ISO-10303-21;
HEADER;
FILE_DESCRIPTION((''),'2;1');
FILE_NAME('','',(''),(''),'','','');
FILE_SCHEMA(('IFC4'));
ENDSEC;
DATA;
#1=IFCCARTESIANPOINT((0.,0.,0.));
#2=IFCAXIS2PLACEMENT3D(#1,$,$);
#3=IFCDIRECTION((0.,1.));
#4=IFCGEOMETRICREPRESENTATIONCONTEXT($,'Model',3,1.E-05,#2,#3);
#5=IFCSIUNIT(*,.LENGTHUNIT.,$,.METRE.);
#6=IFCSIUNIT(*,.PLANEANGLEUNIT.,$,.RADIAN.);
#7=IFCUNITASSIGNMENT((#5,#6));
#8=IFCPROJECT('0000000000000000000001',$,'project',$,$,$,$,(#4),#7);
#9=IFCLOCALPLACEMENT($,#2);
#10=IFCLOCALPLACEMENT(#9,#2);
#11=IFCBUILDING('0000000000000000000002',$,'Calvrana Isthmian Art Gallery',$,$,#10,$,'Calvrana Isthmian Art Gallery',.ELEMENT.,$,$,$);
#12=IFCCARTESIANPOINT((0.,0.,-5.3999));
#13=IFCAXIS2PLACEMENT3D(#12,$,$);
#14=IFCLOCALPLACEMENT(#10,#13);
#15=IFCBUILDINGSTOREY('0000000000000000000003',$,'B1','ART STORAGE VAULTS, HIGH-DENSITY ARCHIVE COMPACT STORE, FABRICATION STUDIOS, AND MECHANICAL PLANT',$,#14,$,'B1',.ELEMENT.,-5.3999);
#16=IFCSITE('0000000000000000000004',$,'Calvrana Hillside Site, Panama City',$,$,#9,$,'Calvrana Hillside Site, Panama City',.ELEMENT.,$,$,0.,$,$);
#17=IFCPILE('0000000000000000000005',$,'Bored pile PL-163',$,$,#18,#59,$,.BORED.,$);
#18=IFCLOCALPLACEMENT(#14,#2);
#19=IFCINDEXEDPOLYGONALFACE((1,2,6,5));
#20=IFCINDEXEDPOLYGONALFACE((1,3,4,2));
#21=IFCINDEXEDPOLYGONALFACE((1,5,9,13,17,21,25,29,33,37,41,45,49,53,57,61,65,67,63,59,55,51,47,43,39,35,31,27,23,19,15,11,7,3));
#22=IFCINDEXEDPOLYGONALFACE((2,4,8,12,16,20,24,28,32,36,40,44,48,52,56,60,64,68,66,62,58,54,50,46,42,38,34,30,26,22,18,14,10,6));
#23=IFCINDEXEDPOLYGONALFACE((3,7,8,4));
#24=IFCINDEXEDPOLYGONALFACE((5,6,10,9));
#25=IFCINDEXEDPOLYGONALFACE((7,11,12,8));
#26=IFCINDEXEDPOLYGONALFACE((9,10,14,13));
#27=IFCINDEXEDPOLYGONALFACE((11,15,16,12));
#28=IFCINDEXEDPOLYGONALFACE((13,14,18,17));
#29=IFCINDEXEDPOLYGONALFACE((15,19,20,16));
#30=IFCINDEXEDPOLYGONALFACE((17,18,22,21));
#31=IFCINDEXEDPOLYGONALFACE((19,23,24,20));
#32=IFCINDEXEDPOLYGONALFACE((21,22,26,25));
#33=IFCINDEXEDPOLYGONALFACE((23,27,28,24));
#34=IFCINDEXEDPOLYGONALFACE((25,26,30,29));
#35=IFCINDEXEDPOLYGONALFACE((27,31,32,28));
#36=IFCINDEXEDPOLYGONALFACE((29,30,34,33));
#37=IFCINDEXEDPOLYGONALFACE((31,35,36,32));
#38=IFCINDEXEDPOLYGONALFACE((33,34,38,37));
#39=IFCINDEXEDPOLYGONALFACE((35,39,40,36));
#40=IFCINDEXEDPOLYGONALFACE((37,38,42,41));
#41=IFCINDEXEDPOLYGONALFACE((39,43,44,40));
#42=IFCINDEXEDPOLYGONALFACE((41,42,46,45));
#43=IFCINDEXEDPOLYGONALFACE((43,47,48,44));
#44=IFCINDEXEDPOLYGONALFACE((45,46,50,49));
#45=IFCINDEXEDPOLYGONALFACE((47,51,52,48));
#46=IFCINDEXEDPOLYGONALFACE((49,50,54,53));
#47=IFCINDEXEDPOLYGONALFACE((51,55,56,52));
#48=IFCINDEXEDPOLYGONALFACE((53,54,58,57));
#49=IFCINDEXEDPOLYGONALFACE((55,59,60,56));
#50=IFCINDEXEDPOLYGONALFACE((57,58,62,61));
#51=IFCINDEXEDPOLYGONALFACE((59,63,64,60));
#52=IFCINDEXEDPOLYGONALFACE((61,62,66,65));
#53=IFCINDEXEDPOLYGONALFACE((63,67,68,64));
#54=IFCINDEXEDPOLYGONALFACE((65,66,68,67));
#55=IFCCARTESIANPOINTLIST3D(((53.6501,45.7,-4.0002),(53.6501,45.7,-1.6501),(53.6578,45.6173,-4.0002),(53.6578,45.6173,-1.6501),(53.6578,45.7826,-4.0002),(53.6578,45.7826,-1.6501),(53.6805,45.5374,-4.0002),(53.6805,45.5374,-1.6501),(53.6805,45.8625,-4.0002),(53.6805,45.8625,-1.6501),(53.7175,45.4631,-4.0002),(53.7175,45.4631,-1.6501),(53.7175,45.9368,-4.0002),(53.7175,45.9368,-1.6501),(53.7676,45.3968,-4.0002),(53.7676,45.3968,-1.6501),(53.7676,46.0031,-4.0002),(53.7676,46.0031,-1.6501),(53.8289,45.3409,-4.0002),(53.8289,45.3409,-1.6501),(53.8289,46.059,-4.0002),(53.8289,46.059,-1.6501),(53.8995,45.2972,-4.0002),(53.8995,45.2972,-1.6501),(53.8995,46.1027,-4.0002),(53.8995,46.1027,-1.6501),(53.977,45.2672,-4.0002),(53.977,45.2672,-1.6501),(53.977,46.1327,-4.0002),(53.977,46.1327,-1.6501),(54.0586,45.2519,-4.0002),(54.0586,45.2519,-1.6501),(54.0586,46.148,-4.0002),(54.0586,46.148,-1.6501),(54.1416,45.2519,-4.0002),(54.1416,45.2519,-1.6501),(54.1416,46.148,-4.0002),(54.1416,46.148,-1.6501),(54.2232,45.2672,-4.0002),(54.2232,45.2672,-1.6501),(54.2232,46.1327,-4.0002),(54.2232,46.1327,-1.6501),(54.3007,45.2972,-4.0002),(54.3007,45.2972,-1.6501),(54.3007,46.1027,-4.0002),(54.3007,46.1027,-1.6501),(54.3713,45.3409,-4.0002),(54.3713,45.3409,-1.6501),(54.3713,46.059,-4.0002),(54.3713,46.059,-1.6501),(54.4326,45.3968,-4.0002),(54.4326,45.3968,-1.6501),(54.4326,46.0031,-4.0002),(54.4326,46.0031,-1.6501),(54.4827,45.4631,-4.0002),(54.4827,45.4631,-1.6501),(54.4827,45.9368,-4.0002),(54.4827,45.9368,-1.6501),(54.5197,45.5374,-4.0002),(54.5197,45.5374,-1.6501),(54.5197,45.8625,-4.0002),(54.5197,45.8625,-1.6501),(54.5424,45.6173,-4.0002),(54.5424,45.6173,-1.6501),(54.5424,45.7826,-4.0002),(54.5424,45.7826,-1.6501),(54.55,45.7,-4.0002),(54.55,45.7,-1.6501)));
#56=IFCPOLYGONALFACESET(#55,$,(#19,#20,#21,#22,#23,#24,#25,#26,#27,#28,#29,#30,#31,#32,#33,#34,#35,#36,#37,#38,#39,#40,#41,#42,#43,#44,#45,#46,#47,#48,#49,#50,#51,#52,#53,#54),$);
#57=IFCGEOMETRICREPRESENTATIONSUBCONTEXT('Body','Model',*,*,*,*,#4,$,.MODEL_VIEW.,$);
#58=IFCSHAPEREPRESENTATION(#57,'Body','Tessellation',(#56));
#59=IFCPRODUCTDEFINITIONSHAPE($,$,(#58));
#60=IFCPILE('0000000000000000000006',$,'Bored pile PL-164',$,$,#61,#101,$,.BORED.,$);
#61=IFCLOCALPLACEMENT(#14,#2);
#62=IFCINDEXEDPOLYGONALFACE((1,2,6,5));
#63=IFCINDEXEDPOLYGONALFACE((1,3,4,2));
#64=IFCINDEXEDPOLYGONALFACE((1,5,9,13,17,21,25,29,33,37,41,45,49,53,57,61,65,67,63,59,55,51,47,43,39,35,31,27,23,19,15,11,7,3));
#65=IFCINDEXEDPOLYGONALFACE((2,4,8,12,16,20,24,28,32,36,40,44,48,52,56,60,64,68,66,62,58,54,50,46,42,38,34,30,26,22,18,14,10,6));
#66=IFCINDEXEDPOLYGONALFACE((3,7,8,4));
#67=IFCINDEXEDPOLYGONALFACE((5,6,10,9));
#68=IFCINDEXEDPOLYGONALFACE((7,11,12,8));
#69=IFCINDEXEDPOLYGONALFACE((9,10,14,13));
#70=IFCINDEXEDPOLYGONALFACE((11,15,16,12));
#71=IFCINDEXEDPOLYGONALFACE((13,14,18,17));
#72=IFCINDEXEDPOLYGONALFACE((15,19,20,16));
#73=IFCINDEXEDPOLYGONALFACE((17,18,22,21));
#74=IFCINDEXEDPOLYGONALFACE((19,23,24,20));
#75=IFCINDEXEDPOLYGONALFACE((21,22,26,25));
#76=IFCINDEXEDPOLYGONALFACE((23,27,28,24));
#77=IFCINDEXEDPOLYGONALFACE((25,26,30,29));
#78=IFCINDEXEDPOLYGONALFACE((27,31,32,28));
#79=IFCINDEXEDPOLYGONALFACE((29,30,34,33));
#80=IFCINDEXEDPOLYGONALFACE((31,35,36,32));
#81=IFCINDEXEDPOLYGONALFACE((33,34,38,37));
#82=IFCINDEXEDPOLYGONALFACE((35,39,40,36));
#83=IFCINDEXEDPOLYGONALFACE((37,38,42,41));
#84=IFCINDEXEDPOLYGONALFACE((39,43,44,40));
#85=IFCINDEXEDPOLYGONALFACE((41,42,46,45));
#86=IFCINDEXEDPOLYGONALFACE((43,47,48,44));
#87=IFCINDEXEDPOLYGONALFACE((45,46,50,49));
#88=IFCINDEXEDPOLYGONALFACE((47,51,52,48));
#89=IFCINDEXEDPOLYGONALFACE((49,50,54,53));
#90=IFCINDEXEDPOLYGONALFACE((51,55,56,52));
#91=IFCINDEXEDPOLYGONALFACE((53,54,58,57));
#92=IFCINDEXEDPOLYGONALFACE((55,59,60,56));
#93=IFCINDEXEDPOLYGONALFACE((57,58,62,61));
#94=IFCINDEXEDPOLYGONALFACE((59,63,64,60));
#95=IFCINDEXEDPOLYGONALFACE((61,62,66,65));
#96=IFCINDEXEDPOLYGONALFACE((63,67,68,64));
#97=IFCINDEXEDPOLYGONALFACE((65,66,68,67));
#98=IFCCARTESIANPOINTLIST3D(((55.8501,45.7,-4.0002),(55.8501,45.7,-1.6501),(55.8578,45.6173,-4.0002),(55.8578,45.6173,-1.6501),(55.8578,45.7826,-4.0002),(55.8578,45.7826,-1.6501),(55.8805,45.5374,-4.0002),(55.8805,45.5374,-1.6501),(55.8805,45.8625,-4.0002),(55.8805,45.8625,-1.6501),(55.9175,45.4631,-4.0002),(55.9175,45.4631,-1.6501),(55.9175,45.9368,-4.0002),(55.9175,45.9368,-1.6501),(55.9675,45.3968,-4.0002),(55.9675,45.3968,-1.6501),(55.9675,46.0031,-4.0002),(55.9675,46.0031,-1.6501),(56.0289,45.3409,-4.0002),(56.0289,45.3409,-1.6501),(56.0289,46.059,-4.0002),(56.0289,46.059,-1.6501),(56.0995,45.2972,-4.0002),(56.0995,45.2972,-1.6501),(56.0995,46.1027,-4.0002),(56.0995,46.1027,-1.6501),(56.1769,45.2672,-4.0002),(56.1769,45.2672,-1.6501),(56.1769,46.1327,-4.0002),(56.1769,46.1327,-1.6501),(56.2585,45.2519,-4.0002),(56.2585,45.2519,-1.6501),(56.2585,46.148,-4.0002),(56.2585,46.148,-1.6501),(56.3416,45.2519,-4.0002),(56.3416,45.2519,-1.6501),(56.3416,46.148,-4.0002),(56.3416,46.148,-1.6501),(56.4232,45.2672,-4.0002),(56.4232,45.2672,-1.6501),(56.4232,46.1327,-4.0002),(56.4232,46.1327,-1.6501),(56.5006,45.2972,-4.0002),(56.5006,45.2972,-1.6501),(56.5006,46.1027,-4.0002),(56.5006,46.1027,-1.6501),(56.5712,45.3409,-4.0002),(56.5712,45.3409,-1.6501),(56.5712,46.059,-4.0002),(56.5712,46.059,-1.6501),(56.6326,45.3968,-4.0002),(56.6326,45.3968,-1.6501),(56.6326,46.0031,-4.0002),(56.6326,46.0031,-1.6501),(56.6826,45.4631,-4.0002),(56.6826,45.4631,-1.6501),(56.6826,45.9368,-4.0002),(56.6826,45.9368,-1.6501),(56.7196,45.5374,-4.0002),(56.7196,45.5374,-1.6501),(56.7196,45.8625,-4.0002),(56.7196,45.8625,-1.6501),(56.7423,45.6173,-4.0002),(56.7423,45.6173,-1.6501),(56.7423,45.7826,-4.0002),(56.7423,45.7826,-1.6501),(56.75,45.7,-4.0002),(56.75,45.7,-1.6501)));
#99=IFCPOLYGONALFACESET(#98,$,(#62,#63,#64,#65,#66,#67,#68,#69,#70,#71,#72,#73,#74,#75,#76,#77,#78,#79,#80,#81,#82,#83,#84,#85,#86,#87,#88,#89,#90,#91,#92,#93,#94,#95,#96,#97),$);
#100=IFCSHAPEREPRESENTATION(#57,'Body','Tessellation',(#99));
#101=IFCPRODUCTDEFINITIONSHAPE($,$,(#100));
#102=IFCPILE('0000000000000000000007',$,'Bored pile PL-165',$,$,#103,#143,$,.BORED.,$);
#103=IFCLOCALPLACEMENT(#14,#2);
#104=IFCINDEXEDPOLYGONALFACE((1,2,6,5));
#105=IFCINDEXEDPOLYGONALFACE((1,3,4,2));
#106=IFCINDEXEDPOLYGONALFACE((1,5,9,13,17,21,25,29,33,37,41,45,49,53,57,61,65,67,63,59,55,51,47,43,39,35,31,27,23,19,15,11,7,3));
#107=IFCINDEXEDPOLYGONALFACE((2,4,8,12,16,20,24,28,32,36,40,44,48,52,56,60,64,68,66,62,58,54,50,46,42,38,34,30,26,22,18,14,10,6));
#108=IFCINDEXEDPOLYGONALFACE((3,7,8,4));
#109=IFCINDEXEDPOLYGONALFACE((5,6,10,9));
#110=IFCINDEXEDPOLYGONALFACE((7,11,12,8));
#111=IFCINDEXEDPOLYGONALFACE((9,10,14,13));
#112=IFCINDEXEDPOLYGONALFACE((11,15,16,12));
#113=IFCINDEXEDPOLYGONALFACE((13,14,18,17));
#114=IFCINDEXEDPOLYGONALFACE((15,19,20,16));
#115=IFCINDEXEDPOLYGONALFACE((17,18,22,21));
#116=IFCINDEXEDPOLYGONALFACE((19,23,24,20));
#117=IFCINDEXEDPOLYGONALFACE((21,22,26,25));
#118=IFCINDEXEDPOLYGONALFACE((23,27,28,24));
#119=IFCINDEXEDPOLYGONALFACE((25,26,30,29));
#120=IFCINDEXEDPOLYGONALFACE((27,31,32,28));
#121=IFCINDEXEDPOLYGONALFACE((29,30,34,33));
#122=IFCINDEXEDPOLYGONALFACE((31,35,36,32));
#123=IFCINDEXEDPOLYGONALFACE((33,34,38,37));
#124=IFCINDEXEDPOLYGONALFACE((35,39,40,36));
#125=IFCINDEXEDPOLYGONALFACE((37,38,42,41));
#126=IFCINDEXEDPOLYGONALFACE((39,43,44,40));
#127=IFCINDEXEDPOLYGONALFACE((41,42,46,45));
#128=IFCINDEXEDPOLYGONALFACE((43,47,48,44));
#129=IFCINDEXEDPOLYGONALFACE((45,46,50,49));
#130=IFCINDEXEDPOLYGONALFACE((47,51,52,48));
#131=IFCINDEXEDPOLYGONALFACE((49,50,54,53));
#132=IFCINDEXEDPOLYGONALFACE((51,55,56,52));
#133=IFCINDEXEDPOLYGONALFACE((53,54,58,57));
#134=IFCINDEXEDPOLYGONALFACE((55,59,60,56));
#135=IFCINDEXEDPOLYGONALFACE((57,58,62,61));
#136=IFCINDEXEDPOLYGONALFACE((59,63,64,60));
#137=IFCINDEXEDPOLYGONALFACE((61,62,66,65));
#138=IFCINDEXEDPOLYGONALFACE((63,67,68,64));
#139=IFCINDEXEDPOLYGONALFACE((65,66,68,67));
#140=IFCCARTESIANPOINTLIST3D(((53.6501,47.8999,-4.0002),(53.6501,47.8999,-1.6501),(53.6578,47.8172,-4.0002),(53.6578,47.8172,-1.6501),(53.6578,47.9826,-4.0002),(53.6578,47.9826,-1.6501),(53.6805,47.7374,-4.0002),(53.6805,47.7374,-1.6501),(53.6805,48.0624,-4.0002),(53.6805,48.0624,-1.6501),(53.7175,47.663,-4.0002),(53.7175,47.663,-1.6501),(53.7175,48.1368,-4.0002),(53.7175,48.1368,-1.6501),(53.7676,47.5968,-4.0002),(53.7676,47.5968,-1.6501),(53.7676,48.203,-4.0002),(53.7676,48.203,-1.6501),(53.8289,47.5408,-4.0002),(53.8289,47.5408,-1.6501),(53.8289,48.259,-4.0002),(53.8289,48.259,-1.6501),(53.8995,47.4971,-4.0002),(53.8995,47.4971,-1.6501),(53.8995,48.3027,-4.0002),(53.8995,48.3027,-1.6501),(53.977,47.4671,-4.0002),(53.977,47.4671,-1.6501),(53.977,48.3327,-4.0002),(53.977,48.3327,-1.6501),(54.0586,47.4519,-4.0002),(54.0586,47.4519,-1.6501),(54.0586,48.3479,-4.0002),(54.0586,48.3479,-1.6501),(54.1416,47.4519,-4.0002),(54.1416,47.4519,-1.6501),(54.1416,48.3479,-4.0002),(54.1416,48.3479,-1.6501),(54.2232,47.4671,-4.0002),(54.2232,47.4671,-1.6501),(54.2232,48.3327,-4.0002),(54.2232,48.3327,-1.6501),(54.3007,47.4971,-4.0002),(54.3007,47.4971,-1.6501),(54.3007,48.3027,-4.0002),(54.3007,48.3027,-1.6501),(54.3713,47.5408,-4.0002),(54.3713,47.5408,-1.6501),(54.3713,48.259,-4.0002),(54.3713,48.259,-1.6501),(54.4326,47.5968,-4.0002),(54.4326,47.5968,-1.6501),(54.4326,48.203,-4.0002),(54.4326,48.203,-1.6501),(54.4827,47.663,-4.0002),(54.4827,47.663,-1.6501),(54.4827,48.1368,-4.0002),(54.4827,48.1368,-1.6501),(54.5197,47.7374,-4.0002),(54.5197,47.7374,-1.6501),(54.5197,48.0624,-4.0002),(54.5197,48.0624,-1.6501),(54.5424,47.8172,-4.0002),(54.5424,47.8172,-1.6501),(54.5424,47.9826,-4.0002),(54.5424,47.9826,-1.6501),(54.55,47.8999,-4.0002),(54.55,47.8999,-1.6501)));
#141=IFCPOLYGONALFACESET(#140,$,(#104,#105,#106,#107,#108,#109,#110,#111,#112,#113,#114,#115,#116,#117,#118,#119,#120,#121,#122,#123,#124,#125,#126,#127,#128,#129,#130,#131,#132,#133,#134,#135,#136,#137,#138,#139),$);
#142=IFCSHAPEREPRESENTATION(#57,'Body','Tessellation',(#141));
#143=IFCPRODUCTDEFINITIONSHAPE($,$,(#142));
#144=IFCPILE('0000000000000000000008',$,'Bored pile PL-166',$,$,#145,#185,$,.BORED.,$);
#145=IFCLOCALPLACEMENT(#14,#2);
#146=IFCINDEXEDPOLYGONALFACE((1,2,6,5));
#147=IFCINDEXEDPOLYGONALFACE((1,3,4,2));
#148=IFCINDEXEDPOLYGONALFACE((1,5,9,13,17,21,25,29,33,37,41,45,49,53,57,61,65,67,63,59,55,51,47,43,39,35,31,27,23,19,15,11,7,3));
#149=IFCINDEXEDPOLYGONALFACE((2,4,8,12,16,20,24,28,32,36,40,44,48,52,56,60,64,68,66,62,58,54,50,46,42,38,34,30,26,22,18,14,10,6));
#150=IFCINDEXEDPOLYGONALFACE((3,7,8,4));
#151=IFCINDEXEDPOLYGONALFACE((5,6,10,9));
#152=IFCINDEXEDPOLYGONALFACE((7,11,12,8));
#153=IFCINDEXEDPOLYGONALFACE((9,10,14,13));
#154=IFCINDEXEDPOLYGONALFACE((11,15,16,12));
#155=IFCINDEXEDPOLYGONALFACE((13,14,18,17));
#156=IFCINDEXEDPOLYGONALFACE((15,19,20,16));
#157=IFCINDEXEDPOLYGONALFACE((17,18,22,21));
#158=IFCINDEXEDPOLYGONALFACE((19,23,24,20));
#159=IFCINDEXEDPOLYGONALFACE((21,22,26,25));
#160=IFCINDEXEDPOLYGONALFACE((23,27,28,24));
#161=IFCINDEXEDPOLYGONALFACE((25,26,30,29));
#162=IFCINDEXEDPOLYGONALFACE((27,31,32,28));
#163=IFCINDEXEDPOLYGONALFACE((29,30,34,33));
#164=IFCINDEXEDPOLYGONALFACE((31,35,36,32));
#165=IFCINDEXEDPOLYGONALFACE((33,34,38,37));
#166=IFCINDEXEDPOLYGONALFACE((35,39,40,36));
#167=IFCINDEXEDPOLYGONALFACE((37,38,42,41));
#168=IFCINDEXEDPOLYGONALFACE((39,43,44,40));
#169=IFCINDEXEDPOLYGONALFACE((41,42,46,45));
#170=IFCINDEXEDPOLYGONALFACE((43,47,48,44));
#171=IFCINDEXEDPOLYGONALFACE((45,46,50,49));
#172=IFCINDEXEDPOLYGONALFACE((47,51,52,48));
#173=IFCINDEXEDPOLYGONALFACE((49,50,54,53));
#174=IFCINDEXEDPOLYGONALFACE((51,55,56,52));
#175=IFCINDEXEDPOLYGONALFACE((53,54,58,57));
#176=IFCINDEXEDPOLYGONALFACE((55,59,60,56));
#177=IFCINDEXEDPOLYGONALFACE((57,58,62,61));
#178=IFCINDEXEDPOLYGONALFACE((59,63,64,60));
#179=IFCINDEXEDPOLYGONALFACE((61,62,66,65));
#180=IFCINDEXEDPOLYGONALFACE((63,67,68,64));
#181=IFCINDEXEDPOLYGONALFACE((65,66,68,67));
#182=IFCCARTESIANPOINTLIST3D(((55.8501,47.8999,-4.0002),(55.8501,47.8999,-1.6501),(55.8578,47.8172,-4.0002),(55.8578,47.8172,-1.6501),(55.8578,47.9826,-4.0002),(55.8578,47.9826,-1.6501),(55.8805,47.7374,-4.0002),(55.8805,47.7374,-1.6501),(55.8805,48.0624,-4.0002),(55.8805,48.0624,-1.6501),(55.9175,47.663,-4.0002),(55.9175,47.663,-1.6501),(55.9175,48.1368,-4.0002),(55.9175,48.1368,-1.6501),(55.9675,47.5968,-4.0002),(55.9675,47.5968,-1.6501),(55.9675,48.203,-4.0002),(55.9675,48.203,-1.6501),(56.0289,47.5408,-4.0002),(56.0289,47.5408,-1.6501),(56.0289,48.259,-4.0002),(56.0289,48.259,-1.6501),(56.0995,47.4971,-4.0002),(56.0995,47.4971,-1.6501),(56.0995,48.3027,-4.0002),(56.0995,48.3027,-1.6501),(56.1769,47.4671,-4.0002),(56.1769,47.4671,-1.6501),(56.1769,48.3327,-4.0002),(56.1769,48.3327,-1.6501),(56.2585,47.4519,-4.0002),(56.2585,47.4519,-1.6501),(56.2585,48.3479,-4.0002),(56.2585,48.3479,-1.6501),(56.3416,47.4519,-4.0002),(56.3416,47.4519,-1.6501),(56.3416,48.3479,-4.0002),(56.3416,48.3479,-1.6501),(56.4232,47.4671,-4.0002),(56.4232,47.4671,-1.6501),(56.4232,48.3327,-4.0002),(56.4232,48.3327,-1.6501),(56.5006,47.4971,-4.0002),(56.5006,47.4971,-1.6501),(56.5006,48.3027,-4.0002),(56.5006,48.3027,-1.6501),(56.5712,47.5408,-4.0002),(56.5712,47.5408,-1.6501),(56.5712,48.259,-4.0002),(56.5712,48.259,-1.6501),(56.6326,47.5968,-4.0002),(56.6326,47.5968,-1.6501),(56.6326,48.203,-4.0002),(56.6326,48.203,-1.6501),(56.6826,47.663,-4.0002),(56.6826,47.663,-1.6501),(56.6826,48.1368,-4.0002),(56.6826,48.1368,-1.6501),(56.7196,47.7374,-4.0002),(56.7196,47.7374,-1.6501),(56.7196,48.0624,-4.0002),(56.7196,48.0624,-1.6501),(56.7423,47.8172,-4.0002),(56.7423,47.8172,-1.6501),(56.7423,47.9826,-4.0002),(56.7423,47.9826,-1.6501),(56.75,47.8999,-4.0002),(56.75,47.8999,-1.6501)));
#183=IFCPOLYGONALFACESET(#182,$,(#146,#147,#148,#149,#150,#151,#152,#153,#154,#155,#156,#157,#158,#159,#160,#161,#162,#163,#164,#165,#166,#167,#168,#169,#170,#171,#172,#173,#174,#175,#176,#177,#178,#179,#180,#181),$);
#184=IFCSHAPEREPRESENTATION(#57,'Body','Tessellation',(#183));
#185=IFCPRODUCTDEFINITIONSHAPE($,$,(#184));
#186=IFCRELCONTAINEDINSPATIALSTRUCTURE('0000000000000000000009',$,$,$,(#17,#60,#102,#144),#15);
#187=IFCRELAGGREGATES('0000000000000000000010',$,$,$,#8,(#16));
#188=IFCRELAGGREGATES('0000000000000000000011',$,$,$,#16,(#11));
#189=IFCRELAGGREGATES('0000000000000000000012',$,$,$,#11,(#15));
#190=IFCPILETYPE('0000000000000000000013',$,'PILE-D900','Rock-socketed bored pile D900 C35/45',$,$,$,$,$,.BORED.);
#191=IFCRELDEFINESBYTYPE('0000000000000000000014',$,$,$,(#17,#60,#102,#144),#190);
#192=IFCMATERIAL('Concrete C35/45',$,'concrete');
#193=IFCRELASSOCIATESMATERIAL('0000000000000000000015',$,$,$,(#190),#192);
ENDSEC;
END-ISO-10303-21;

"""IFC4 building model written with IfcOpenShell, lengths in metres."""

from ifc_helpers import new_model, si_unit, direction, frame, origin, origin_2d, place, context, subcontext, project, spatial, circle, extrude, material, material_profile, profile_set, type_object, element, save


model = new_model("IFC4")

# Units and contexts
model_context = context("Model", 3, precision=1e-05, world=origin(), true_north=direction((0.0, 1.0)))
body_context = subcontext(model_context, "Body", "Model", "MODEL_VIEW")
ifc_project = project(units=[si_unit("LENGTHUNIT", "METRE"), si_unit("PLANEANGLEUNIT", "RADIAN")], contexts=[model_context])

# Site, building, storey
site_placement = place(None, origin())
site = spatial("IfcSite", under=ifc_project, at=site_placement, Name="Calvrana Hillside Site, Panama City", LongName="Calvrana Hillside Site, Panama City", CompositionType="ELEMENT", RefElevation=0.0)
building_placement = place(site_placement, origin())
building = spatial("IfcBuilding", under=site, at=building_placement, Name="Calvrana Isthmian Art Gallery", LongName="Calvrana Isthmian Art Gallery", CompositionType="ELEMENT")
storey_placement = place(building_placement, frame((0.0, 0.0, -5.3999)))
storey = spatial("IfcBuildingStorey", under=building, at=storey_placement, Name="B1", Description="ART STORAGE VAULTS, HIGH-DENSITY ARCHIVE COMPACT STORE, FABRICATION STUDIOS, AND MECHANICAL PLANT", LongName="B1", CompositionType="ELEMENT", Elevation=-5.3999)

# Shared definitions
ifc_material_1 = material(Name="Concrete C35/45", Category="concrete")

# Piles
ifc_material_profile_1 = material_profile(ifc_material_1, circle(Radius=0.45, at=origin_2d()), Name="PILE900D")
ifc_profile_set_1 = profile_set([ifc_material_profile_1], Name="Concrete C35/45")
pile_type_1 = type_object("IfcPileType", Name="PILE-D900", Description="Rock-socketed bored pile D900 C35/45", PredefinedType="BORED", material=ifc_profile_set_1)
for number, where, z_axis, x_axis, name in (
    (1, (54.1001, 45.7, -1.6501), (0.0, 0.0, -1.0), (1.0, 0.0, 0.0), "Bored pile PL-163"),
    (2, (56.3, 45.7, -1.6501), (0.0, 0.0, -1.0), (1.0, 0.0, 0.0), "Bored pile PL-164"),
    (3, (54.1001, 47.8999, -1.6501), (0.0, 0.0, -1.0), (1.0, 0.0, 0.0), "Bored pile PL-165"),
    (4, (56.3, 47.8999, -1.6501), (0.0, 0.0, -1.0), (1.0, 0.0, 0.0), "Bored pile PL-166"),
):
    element("IfcPile", number, at=place(storey_placement, frame(where, z_axis=z_axis, x_axis=x_axis)), inside=storey, type_object=pile_type_1, Name=name, PredefinedType="BORED", context=body_context, shape_type="SweptSolid", body=[
        extrude(circle(Radius=0.45, at=origin_2d()), origin(), (0.0, 0.0, 1.0), 2.3501),
    ])

save(model, "model.ifc")
